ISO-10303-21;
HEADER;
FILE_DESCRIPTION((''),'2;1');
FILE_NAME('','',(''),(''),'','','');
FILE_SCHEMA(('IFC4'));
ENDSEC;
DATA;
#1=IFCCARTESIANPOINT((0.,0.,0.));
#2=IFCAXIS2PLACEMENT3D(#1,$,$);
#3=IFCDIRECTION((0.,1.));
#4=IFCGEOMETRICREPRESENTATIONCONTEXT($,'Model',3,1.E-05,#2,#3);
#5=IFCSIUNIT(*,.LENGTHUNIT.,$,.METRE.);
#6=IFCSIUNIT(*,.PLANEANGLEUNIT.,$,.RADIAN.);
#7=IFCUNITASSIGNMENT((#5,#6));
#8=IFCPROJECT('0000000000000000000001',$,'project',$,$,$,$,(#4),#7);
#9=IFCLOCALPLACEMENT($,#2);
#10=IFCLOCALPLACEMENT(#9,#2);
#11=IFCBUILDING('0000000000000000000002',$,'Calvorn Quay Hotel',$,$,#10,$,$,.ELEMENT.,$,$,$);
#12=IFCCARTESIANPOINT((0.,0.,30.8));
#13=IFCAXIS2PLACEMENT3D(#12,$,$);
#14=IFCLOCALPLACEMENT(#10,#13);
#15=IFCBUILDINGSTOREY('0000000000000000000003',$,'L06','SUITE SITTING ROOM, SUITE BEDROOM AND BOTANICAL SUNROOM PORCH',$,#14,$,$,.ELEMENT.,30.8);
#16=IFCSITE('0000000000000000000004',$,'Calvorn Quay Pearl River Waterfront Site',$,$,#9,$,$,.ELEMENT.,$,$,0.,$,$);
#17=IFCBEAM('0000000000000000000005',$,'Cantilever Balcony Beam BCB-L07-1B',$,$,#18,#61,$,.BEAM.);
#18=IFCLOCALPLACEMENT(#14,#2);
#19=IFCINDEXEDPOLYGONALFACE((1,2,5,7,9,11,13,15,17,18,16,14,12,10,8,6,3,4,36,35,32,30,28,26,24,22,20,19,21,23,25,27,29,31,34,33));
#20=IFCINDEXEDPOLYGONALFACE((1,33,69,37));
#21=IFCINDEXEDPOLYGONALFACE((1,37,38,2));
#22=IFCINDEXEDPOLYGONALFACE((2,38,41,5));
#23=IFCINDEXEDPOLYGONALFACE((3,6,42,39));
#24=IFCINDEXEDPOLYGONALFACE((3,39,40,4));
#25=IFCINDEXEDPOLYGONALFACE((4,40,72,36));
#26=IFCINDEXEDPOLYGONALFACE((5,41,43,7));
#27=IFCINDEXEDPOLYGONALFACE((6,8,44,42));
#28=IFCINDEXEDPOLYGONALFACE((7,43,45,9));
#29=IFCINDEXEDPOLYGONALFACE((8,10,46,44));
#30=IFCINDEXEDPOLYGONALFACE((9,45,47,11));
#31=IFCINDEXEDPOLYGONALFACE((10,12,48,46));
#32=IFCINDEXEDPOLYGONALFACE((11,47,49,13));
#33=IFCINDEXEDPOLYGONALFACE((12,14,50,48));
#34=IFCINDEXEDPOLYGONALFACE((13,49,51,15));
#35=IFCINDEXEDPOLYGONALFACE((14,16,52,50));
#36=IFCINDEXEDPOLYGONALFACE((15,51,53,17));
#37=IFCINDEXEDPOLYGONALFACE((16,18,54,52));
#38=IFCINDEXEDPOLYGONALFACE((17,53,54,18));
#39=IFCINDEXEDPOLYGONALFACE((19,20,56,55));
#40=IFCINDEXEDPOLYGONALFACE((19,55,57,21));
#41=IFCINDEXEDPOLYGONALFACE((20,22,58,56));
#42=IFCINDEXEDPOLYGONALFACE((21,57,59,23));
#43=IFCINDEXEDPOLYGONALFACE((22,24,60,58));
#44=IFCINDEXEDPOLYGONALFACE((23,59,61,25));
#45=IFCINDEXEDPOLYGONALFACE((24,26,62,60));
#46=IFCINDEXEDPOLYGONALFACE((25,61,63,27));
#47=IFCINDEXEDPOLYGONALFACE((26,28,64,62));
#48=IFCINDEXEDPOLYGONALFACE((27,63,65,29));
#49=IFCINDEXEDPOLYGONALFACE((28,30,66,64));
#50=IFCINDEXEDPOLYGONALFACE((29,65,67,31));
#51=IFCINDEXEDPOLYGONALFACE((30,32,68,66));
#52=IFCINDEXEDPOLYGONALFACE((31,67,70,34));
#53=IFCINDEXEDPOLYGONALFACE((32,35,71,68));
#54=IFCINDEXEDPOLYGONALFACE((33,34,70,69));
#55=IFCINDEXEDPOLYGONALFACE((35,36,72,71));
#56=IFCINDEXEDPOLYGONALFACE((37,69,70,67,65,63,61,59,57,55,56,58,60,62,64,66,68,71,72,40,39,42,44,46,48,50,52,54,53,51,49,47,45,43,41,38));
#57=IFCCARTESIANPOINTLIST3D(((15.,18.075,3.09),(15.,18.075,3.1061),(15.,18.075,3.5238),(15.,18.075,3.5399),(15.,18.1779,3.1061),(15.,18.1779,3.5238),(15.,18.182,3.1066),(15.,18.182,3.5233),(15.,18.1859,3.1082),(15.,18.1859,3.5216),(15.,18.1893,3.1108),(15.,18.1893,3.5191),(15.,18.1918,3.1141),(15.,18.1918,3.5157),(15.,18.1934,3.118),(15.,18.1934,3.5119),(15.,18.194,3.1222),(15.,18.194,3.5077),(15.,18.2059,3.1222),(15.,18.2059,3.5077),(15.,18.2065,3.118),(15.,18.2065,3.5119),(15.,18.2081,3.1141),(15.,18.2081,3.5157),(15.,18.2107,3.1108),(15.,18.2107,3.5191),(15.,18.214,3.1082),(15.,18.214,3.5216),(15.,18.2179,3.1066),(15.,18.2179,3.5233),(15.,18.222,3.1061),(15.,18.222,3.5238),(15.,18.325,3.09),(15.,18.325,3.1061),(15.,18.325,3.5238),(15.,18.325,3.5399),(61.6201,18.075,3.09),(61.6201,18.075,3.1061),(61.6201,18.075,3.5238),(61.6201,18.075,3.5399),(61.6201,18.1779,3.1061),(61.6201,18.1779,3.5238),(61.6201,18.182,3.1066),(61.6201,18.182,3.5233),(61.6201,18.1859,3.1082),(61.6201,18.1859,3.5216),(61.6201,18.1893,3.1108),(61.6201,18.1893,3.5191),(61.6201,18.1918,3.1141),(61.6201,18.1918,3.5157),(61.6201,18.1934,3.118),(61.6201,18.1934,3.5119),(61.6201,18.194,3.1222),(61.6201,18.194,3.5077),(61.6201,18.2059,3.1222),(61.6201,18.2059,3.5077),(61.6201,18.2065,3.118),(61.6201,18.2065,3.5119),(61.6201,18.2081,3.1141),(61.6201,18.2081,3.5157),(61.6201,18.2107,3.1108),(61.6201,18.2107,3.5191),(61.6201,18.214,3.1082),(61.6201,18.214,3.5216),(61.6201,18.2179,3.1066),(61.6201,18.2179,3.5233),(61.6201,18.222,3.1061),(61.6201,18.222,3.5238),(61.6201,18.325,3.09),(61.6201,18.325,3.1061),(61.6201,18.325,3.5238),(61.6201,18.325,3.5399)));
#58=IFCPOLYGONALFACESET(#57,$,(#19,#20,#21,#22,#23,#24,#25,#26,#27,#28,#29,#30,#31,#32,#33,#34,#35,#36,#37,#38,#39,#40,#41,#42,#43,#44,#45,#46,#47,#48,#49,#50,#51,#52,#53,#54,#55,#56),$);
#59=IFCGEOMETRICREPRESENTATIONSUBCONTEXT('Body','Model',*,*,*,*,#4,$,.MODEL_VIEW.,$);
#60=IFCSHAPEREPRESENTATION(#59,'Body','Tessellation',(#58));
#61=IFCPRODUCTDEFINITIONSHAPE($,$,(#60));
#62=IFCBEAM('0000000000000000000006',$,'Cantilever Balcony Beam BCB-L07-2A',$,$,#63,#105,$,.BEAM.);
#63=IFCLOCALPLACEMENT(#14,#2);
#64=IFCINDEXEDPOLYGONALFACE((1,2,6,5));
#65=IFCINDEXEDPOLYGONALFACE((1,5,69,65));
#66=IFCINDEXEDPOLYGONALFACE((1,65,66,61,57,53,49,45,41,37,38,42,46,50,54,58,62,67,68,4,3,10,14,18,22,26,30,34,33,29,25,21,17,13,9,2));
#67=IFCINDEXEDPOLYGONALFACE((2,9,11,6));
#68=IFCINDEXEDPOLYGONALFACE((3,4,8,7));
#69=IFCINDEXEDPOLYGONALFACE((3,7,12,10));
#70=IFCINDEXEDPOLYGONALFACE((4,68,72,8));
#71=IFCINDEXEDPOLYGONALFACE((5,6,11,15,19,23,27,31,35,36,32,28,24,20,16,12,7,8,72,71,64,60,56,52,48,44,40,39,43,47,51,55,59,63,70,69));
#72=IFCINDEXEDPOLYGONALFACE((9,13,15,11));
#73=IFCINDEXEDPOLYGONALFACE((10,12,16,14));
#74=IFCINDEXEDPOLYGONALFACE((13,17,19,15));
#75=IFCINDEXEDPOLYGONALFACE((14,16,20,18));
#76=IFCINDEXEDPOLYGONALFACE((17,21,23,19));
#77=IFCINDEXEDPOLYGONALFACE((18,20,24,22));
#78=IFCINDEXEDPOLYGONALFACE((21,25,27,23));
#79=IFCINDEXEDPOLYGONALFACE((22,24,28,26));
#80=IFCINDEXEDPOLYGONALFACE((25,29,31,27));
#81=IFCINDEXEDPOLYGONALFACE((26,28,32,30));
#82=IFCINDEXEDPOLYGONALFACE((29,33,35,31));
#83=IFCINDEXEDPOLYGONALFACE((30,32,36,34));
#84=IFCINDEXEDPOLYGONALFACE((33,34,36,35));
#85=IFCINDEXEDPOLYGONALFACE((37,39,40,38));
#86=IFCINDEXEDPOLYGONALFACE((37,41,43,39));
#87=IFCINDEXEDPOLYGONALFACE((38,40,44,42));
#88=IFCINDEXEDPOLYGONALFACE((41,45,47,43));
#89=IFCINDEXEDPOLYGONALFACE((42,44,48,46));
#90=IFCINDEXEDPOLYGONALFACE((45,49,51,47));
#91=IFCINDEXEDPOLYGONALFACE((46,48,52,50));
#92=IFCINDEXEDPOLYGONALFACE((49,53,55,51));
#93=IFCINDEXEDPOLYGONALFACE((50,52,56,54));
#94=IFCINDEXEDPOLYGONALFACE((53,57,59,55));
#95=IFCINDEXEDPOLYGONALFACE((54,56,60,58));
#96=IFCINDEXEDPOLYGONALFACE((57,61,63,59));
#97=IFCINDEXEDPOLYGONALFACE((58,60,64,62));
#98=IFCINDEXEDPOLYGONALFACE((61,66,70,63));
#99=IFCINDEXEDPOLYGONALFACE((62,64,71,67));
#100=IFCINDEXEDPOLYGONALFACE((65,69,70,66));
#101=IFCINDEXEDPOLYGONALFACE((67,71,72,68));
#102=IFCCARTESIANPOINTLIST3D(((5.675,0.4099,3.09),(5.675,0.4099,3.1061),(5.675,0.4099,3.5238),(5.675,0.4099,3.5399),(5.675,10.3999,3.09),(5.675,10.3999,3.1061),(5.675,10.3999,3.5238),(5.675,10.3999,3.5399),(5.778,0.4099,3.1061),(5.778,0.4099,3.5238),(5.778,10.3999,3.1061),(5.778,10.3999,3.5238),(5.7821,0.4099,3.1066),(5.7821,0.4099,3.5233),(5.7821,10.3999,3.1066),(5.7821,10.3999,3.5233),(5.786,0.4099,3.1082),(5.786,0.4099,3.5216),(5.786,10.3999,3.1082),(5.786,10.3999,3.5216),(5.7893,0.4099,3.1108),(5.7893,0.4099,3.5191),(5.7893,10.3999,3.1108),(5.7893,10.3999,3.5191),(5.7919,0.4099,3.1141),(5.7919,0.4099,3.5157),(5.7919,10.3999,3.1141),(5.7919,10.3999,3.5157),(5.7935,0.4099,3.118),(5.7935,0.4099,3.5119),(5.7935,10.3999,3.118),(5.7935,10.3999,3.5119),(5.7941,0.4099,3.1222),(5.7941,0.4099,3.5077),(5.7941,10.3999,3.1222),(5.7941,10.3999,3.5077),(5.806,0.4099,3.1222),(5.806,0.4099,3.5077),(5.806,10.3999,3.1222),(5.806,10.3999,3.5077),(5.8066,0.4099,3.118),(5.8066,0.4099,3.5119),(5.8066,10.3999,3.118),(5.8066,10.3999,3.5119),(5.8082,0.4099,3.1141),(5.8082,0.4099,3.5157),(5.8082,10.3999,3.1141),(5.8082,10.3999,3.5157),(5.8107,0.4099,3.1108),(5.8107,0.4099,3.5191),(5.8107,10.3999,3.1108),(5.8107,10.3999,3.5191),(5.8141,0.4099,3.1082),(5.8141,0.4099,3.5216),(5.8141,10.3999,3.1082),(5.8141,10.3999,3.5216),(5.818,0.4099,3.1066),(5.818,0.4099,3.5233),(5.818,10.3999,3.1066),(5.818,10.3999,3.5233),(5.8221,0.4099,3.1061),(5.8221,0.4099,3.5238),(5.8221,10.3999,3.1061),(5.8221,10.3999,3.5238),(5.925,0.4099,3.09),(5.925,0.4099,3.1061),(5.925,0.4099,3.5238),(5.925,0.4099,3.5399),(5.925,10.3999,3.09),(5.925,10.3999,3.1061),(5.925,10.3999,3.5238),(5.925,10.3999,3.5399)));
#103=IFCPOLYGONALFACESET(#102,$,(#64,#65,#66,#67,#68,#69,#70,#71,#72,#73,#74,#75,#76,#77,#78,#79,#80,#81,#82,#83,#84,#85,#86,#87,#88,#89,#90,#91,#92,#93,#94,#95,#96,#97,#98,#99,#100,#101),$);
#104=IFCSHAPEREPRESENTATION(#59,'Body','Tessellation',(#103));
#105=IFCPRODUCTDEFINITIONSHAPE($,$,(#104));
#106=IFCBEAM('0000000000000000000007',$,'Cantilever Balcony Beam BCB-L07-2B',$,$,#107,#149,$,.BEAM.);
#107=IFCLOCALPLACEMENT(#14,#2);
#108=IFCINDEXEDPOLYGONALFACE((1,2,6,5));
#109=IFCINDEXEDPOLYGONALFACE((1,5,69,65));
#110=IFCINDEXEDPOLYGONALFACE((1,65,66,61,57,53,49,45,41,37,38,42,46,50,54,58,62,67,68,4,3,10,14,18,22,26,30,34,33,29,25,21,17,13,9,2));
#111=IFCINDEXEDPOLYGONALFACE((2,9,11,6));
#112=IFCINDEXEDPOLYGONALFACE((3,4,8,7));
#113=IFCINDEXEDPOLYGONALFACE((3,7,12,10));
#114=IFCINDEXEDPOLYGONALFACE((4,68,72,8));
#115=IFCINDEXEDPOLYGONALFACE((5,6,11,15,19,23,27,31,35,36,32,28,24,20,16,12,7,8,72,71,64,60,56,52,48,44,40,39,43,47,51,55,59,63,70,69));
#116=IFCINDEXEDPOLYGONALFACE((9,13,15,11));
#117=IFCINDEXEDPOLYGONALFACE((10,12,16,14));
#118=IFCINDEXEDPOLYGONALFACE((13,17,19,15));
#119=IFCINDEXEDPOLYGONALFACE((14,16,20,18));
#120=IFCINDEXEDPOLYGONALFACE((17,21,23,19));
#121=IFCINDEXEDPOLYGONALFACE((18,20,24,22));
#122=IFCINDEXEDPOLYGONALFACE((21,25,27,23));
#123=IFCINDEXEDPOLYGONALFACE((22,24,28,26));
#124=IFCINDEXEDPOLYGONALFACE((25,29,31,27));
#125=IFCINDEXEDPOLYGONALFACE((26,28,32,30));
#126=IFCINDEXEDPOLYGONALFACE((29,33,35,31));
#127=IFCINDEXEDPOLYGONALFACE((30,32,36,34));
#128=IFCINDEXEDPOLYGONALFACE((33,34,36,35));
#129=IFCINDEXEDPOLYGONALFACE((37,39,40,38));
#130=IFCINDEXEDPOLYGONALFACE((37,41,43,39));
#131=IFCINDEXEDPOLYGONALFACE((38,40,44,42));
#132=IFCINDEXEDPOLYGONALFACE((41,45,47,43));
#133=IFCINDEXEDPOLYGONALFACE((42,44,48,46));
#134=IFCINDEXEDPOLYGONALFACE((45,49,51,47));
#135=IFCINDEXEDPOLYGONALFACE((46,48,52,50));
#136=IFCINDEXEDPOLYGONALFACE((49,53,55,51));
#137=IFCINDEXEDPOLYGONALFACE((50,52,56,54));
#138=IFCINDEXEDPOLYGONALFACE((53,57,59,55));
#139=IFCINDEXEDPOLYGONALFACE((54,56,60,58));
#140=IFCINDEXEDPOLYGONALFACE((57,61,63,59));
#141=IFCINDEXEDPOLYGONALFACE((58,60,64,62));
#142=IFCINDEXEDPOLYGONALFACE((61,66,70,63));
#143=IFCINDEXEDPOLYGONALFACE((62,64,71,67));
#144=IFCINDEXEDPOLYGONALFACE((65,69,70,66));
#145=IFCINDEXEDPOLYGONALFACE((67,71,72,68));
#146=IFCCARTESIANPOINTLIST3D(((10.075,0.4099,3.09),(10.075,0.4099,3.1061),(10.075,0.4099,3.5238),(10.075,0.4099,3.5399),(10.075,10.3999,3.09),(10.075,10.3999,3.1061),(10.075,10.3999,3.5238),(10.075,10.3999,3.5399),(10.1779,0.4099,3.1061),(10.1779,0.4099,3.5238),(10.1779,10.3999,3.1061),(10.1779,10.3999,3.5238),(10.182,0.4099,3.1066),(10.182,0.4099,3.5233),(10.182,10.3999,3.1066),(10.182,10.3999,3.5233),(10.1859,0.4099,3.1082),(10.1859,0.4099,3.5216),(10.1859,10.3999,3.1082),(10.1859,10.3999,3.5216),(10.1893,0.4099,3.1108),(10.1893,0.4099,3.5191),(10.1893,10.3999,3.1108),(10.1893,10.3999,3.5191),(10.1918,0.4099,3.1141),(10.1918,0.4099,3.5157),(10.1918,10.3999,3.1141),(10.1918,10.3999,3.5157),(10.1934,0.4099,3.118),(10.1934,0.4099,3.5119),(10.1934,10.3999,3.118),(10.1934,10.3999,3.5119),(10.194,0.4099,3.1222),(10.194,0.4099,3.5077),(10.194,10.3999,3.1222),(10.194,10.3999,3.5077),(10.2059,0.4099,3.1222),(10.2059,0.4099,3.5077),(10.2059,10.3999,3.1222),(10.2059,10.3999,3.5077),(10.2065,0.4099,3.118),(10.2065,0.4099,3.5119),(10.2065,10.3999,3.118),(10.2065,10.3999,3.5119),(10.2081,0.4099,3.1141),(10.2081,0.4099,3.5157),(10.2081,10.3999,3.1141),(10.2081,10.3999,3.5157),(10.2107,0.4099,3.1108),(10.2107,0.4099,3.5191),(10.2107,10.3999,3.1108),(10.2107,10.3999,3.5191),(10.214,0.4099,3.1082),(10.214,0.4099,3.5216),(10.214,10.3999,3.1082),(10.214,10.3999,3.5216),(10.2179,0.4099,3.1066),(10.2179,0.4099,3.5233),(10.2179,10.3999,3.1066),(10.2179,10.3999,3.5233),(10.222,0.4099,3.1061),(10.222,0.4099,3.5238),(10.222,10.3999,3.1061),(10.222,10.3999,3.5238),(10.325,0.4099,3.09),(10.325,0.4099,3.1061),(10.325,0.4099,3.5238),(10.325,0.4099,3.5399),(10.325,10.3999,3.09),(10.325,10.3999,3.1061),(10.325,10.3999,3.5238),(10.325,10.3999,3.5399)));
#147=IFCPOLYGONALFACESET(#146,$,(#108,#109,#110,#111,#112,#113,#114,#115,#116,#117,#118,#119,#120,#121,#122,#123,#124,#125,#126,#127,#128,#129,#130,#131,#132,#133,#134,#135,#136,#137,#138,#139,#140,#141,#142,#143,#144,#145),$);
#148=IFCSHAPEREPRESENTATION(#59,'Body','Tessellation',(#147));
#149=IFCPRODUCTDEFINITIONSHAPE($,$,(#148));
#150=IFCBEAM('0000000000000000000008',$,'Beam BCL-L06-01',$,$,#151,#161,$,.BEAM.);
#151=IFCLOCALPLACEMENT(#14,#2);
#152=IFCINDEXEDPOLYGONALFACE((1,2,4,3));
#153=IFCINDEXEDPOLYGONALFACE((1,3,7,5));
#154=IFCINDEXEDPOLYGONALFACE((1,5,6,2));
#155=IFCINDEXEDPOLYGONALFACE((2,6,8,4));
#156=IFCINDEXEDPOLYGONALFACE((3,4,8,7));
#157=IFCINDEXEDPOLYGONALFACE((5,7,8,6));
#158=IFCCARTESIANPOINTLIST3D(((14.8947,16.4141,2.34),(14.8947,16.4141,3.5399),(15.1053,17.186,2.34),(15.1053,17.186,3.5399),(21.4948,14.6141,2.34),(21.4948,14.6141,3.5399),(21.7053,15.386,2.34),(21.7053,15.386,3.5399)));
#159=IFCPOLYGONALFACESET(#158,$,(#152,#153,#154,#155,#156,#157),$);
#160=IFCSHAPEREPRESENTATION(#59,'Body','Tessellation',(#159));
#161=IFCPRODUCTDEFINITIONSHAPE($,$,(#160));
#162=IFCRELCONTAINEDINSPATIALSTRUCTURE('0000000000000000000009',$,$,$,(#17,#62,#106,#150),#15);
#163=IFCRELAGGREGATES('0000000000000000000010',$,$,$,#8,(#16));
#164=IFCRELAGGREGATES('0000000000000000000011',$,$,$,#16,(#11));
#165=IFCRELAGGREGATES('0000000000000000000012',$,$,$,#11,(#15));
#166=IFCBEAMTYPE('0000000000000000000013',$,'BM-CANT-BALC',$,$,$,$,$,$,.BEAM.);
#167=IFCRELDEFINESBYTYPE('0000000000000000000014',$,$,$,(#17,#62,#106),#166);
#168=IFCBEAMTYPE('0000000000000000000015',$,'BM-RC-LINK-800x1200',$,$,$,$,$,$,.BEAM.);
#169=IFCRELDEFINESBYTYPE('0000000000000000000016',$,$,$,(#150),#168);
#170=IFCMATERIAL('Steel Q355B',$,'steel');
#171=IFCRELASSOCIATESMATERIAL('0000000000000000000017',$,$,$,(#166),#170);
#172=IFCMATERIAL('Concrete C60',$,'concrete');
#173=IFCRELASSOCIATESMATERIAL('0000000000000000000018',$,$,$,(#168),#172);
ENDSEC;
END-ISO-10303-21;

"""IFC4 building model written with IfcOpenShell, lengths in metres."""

from ifc_helpers import new_model, si_unit, direction, frame, origin, origin_2d, place, context, subcontext, project, spatial, rectangle, i_section, extrude, material, material_profile, profile_set, type_object, element, save


model = new_model("IFC4")

# Units and contexts
model_context = context("Model", 3, precision=1e-05, world=origin(), true_north=direction((0.0, 1.0)))
body_context = subcontext(model_context, "Body", "Model", "MODEL_VIEW")
ifc_project = project(units=[si_unit("LENGTHUNIT", "METRE"), si_unit("PLANEANGLEUNIT", "RADIAN")], contexts=[model_context])

# Site, building, storey
site_placement = place(None, origin())
site = spatial("IfcSite", under=ifc_project, at=site_placement, Name="Calvorn Quay Pearl River Waterfront Site", CompositionType="ELEMENT", RefElevation=0.0)
building_placement = place(site_placement, origin())
building = spatial("IfcBuilding", under=site, at=building_placement, Name="Calvorn Quay Hotel", CompositionType="ELEMENT")
storey_placement = place(building_placement, frame((0.0, 0.0, 30.8)))
storey = spatial("IfcBuildingStorey", under=building, at=storey_placement, Name="L06", Description="SUITE SITTING ROOM, SUITE BEDROOM AND BOTANICAL SUNROOM PORCH", CompositionType="ELEMENT", Elevation=30.8)

# Beams
ifc_material_1 = material(Name="Steel Q355B", Category="steel")
ifc_material_profile_1 = material_profile(ifc_material_1, i_section(OverallWidth=0.25, OverallDepth=0.45, WebThickness=0.012, FlangeThickness=0.0161, FilletRadius=0.0161, at=origin_2d()), Name="HN450x250x12x16")
ifc_profile_set_1 = profile_set([ifc_material_profile_1], Name="Steel Q355B")
beam_type_1 = type_object("IfcBeamType", Name="BM-CANT-BALC", PredefinedType="BEAM", material=ifc_profile_set_1)
beam_1_placement = place(storey_placement, frame((15.0, 18.2, 3.3149), z_axis=(1.0, 0.0, 0.0), x_axis=(0.0, 1.0, 0.0)))
element("IfcBeam", 1, at=beam_1_placement, inside=storey, type_object=beam_type_1, Name="Cantilever Balcony Beam BCB-L07-1B", PredefinedType="BEAM", context=body_context, shape_type="SweptSolid", body=[
    extrude(i_section(OverallWidth=0.25, OverallDepth=0.45, WebThickness=0.012, FlangeThickness=0.0161, FilletRadius=0.0161, at=origin_2d()), origin(), (0.0, 0.0, 1.0), 46.6201),
])
for number, where, z_axis, x_axis, name in (
    (2, (5.8, 10.3999, 3.3149), (0.0, -1.0, 0.0), (1.0, 0.0, 0.0), "Cantilever Balcony Beam BCB-L07-2A"),
    (3, (10.2, 10.3999, 3.3149), (0.0, -1.0, 0.0), (1.0, 0.0, 0.0), "Cantilever Balcony Beam BCB-L07-2B"),
):
    element("IfcBeam", number, at=place(storey_placement, frame(where, z_axis=z_axis, x_axis=x_axis)), inside=storey, type_object=beam_type_1, Name=name, PredefinedType="BEAM", context=body_context, shape_type="SweptSolid", body=[
        extrude(i_section(OverallWidth=0.25, OverallDepth=0.45, WebThickness=0.012, FlangeThickness=0.0161, FilletRadius=0.0161, at=origin_2d()), origin(), (0.0, 0.0, 1.0), 9.99),
    ])
ifc_material_2 = material(Name="Concrete C60", Category="concrete")
ifc_material_profile_2 = material_profile(ifc_material_2, rectangle(XDim=0.8, YDim=1.2, at=origin_2d()), Name="RCB800x1200")
ifc_profile_set_2 = profile_set([ifc_material_profile_2], Name="Concrete C60")
beam_type_2 = type_object("IfcBeamType", Name="BM-RC-LINK-800x1200", PredefinedType="BEAM", material=ifc_profile_set_2)
beam_2_placement = place(storey_placement, frame((15.0, 16.8, 2.9399), z_axis=(0.964763, -0.26312, 0.0), x_axis=(0.26312, 0.964763, 0.0)))
element("IfcBeam", 4, at=beam_2_placement, inside=storey, type_object=beam_type_2, Name="Beam BCL-L06-01", PredefinedType="BEAM", context=body_context, shape_type="SweptSolid", body=[
    extrude(rectangle(XDim=0.8, YDim=1.2, at=origin_2d()), origin(), (0.0, 0.0, 1.0), 6.8411),
])

save(model, "model.ifc")
